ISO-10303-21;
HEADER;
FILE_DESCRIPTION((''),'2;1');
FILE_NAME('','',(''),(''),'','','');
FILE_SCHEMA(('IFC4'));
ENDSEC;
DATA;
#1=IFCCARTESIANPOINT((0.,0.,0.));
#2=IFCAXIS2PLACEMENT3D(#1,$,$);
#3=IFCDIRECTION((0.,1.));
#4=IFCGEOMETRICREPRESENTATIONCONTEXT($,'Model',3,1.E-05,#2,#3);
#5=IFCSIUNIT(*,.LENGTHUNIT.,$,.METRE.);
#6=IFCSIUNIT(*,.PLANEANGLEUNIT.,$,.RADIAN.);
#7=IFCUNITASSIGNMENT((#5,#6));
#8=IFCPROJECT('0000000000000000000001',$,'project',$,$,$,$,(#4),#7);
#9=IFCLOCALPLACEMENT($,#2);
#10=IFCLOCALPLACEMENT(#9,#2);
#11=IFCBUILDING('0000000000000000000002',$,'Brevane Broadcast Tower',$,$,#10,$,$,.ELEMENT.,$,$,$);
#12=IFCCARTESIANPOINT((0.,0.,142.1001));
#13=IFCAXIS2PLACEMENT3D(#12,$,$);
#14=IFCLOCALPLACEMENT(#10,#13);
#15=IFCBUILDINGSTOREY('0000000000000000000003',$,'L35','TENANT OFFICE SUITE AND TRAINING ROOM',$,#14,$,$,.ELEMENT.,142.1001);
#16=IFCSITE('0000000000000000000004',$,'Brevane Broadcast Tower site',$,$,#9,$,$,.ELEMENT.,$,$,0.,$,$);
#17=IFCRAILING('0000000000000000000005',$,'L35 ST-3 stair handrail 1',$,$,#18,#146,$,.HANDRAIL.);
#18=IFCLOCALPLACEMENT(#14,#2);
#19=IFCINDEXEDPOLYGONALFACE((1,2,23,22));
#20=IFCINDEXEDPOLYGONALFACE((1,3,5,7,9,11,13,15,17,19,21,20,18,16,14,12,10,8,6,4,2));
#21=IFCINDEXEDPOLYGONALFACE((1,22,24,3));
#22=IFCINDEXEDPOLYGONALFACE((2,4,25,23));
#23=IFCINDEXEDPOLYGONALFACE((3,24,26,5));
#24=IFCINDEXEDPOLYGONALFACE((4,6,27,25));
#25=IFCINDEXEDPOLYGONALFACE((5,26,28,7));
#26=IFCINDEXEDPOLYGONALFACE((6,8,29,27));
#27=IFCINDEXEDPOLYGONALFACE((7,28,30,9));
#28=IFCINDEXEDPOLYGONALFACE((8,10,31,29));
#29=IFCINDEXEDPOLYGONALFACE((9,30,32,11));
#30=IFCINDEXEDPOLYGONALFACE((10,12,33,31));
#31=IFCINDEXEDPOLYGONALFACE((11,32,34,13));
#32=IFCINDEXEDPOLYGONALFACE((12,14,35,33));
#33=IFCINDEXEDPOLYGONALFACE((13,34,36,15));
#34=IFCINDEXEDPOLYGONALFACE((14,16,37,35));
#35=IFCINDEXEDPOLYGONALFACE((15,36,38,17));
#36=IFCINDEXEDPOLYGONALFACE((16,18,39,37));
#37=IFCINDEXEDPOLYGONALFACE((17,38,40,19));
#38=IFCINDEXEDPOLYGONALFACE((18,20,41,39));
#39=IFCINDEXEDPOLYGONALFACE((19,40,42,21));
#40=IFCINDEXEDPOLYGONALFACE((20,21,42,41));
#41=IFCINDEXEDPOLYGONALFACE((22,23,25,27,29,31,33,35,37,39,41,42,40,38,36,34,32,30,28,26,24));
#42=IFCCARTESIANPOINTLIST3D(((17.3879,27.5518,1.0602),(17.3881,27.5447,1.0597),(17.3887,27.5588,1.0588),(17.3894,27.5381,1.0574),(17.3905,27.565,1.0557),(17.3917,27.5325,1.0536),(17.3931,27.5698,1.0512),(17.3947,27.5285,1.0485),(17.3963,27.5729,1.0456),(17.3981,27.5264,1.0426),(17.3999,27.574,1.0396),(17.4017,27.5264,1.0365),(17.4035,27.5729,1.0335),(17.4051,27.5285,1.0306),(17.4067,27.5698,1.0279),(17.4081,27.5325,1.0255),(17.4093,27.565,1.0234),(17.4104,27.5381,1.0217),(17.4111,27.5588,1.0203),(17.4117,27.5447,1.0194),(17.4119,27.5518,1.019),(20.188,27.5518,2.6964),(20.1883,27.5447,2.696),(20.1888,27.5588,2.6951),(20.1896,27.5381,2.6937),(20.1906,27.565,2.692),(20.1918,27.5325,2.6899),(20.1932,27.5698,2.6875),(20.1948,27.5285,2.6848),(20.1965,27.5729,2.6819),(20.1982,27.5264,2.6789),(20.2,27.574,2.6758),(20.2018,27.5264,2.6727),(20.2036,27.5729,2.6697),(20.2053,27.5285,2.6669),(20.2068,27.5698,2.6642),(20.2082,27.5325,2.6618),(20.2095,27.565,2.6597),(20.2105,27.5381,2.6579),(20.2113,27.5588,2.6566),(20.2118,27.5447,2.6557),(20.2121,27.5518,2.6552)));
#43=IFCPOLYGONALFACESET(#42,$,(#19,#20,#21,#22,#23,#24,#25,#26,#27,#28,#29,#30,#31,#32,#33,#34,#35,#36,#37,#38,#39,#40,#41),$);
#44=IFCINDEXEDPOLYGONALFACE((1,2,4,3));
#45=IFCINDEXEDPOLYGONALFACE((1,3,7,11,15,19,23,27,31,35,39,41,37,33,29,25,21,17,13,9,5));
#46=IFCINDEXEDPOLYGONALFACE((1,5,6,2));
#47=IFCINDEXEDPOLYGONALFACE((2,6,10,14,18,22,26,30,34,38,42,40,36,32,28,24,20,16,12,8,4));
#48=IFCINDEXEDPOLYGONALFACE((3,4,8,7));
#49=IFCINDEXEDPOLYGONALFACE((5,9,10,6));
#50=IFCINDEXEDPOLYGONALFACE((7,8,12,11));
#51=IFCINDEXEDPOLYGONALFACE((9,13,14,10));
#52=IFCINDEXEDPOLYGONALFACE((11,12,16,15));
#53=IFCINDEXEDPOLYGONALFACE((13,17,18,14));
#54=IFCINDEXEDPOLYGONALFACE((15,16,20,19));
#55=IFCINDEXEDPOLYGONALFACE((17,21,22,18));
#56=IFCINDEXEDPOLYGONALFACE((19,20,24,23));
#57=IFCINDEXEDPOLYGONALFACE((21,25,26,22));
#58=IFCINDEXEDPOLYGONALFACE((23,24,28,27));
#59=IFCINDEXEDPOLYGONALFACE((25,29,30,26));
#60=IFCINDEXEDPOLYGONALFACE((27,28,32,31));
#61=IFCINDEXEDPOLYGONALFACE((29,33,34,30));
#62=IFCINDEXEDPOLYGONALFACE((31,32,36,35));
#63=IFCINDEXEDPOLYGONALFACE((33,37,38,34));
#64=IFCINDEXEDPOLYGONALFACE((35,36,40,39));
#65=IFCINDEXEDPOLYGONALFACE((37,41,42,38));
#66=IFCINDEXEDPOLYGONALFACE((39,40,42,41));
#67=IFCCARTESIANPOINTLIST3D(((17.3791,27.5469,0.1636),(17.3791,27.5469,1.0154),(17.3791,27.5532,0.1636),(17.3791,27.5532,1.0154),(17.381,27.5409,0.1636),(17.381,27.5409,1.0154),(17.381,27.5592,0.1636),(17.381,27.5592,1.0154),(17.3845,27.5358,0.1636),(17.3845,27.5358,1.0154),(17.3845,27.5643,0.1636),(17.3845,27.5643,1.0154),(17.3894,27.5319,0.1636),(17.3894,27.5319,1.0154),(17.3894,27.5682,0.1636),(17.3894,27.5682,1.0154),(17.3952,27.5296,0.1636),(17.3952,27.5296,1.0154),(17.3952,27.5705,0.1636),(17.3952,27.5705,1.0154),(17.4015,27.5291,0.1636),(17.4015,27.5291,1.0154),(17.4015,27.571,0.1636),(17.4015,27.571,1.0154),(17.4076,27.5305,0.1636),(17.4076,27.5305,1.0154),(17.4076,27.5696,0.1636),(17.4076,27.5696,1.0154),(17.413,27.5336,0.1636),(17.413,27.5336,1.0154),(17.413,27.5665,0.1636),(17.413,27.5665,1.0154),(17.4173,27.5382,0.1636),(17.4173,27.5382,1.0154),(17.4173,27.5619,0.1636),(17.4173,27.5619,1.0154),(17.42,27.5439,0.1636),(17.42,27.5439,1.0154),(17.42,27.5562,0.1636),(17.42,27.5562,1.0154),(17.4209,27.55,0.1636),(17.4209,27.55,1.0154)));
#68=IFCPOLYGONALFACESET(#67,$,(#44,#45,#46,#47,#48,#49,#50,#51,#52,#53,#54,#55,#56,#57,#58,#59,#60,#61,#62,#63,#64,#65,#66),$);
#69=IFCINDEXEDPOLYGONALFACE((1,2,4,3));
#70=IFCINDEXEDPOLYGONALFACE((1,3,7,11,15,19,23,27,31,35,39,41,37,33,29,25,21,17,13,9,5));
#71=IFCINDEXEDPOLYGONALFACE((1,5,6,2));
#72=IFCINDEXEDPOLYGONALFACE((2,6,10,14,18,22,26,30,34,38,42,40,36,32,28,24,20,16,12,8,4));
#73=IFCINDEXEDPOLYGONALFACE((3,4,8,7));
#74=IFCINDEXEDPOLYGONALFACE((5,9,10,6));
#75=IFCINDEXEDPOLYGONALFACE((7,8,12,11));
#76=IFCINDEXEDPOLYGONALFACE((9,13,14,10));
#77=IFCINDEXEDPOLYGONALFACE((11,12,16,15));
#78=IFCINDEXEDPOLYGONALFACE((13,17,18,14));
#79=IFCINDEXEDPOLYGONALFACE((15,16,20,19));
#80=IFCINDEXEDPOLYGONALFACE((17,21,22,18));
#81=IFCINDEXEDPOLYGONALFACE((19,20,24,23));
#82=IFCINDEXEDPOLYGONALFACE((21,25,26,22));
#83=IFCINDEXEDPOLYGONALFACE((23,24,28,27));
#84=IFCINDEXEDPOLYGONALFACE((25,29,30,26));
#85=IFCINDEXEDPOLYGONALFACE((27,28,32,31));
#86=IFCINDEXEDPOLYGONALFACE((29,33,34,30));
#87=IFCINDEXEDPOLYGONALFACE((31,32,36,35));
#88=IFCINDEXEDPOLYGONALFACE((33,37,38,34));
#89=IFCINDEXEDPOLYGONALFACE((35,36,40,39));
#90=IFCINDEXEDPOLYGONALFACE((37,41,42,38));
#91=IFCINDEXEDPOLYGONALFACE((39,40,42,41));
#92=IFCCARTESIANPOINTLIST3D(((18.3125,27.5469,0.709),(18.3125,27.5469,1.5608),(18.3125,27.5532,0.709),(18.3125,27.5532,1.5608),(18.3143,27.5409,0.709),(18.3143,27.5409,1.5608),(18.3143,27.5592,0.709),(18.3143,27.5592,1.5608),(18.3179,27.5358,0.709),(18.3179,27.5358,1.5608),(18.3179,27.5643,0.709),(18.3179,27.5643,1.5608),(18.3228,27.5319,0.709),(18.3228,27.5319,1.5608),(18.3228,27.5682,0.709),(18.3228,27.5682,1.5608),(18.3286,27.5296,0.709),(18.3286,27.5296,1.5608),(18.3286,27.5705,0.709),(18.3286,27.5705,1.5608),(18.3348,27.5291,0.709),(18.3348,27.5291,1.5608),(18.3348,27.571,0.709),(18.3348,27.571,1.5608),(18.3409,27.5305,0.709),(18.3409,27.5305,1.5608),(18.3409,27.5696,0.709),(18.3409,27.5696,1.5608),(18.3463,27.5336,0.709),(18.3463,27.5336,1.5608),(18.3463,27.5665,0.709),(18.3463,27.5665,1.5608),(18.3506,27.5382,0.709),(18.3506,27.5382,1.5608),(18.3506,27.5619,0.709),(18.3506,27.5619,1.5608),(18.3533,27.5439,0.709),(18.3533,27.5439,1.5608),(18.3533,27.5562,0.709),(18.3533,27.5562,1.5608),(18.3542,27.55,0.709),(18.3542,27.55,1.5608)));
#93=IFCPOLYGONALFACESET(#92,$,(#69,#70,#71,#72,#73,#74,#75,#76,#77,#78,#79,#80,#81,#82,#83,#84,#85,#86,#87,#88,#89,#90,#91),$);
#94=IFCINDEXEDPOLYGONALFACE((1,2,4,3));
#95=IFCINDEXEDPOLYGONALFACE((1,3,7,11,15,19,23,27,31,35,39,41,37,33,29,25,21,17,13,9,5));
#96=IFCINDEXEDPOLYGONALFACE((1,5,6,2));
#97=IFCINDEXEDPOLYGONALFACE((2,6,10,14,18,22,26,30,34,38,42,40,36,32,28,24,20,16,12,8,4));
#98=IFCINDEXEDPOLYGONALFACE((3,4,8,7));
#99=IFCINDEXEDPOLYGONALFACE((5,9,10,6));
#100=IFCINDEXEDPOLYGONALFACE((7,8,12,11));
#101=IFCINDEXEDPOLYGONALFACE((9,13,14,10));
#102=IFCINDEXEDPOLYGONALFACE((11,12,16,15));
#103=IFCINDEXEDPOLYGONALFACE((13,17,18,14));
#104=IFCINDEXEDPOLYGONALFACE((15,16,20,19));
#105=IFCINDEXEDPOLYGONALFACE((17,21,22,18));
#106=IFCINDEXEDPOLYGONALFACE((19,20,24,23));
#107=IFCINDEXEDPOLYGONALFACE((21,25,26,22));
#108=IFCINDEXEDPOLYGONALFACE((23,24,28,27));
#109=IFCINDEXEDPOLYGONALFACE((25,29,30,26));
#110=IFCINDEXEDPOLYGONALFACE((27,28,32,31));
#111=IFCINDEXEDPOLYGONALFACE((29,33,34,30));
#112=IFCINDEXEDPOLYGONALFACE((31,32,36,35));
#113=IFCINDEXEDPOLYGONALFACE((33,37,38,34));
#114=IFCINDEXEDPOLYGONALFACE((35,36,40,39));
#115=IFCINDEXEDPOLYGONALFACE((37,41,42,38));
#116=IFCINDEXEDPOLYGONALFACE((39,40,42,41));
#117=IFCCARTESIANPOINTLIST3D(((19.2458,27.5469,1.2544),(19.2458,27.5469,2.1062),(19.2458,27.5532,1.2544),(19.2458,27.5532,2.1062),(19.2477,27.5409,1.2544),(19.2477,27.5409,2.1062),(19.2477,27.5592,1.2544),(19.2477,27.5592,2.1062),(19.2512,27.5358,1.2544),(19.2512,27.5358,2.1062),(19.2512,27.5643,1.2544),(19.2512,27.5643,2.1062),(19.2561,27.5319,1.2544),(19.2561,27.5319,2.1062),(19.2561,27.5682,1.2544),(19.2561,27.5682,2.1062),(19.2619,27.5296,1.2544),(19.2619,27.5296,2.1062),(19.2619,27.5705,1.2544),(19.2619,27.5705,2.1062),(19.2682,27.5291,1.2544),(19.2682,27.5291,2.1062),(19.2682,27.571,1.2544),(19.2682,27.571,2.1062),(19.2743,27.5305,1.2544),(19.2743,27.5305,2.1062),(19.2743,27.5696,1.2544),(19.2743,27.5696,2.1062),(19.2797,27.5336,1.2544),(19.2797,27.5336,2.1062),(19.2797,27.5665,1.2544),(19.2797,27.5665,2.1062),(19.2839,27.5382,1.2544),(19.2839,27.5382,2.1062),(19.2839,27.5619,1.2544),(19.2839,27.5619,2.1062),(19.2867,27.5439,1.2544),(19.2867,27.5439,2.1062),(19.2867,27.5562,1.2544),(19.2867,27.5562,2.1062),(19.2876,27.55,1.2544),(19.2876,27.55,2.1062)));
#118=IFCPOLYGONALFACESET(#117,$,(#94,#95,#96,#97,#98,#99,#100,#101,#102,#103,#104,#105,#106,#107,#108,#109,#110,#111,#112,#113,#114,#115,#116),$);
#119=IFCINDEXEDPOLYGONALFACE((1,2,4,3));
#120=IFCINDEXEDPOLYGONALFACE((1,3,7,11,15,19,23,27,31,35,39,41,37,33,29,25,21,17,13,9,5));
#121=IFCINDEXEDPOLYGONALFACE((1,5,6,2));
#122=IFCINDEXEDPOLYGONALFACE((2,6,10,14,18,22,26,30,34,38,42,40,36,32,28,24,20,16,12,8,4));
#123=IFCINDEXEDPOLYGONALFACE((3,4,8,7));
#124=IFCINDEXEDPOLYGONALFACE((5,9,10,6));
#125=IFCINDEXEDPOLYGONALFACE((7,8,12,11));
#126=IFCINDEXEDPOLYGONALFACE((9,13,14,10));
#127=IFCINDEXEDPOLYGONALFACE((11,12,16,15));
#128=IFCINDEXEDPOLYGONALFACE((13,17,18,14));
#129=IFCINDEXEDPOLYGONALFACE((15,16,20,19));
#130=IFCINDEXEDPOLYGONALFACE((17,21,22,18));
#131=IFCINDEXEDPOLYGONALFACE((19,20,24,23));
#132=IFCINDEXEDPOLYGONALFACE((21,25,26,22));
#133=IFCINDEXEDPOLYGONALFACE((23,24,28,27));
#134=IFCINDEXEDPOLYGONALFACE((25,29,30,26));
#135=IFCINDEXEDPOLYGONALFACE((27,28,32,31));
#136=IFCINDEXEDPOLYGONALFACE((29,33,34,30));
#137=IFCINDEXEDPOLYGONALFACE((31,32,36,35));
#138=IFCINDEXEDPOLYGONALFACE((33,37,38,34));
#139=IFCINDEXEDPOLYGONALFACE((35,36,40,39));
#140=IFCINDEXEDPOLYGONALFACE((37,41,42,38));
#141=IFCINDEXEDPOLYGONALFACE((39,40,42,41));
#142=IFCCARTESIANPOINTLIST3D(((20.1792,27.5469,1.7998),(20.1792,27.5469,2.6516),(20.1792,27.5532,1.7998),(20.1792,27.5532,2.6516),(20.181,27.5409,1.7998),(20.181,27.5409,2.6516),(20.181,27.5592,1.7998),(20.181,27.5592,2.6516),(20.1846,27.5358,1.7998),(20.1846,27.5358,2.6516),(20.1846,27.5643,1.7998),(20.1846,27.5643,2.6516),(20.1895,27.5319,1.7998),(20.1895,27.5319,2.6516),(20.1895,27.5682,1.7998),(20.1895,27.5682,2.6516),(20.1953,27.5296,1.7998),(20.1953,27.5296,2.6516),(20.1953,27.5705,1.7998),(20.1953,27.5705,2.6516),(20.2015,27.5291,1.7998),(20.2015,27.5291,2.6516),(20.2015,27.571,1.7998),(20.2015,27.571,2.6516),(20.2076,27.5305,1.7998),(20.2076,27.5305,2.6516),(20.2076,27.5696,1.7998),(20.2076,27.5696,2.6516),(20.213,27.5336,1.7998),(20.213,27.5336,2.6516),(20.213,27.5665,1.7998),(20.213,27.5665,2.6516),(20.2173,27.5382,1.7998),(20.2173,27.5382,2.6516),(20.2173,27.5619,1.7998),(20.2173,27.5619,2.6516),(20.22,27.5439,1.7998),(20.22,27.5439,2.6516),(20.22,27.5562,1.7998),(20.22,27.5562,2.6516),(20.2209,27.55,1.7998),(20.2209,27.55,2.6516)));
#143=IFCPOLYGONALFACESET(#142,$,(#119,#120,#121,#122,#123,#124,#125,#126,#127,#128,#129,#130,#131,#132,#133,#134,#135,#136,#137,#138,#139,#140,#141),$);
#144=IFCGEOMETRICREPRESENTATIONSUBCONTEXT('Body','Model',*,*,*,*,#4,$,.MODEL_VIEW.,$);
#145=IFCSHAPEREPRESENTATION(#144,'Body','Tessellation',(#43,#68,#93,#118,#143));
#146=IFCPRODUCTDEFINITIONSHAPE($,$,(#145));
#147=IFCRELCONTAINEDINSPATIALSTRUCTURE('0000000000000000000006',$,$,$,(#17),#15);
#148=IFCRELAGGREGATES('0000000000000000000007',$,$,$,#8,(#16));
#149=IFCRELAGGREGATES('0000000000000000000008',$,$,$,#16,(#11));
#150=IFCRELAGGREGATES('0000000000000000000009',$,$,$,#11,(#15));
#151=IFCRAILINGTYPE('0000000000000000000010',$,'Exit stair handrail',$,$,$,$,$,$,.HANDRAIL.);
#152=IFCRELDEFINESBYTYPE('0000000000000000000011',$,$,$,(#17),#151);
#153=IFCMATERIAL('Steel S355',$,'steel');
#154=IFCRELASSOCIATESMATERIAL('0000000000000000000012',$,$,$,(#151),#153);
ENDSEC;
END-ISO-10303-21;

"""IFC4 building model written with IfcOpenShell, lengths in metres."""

from ifc_helpers import new_model, si_unit, direction, frame, origin, origin_2d, place, context, subcontext, project, spatial, circle, extrude, material, type_object, element, save


model = new_model("IFC4")

# Units and contexts
model_context = context("Model", 3, precision=1e-05, world=origin(), true_north=direction((0.0, 1.0)))
body_context = subcontext(model_context, "Body", "Model", "MODEL_VIEW")
ifc_project = project(units=[si_unit("LENGTHUNIT", "METRE"), si_unit("PLANEANGLEUNIT", "RADIAN")], contexts=[model_context])

# Site, building, storey
site_placement = place(None, origin())
site = spatial("IfcSite", under=ifc_project, at=site_placement, Name="Brevane Broadcast Tower site", CompositionType="ELEMENT", RefElevation=0.0)
building_placement = place(site_placement, origin())
building = spatial("IfcBuilding", under=site, at=building_placement, Name="Brevane Broadcast Tower", CompositionType="ELEMENT")
storey_placement = place(building_placement, frame((0.0, 0.0, 142.1001)))
storey = spatial("IfcBuildingStorey", under=building, at=storey_placement, Name="L35", Description="TENANT OFFICE SUITE AND TRAINING ROOM", CompositionType="ELEMENT", Elevation=142.1001)

# Railing
ifc_material_1 = material(Name="Steel S355", Category="steel")
railing_type_1 = type_object("IfcRailingType", Name="Exit stair handrail", PredefinedType="HANDRAIL", material=ifc_material_1)
railing_1_placement = place(storey_placement, frame((17.3999, 27.55, 0.1636)))
element("IfcRailing", 1, at=railing_1_placement, inside=storey, type_object=railing_type_1, Name="L35 ST-3 stair handrail 1", PredefinedType="HANDRAIL", context=body_context, shape_type="SweptSolid", body=[
    extrude(circle(Radius=0.0239, at=origin_2d()), frame((0.0, 0.0, 0.876), z_axis=(0.863394, 0.0, 0.504531), x_axis=(0.0, 1.0, 0.0)), (0.0, 0.0, 1.0), 3.2432),
    extrude(circle(Radius=0.021, at=origin_2d()), origin(), (0.0, 0.0, 1.0), 0.8518),
    extrude(circle(Radius=0.021, at=origin_2d()), frame((0.9333, 0.0, 0.5454)), (0.0, 0.0, 1.0), 0.8518),
    extrude(circle(Radius=0.021, at=origin_2d()), frame((1.8667, 0.0, 1.0908)), (0.0, 0.0, 1.0), 0.8518),
    extrude(circle(Radius=0.021, at=origin_2d()), frame((2.8, 0.0, 1.6362)), (0.0, 0.0, 1.0), 0.8518),
])

save(model, "model.ifc")
